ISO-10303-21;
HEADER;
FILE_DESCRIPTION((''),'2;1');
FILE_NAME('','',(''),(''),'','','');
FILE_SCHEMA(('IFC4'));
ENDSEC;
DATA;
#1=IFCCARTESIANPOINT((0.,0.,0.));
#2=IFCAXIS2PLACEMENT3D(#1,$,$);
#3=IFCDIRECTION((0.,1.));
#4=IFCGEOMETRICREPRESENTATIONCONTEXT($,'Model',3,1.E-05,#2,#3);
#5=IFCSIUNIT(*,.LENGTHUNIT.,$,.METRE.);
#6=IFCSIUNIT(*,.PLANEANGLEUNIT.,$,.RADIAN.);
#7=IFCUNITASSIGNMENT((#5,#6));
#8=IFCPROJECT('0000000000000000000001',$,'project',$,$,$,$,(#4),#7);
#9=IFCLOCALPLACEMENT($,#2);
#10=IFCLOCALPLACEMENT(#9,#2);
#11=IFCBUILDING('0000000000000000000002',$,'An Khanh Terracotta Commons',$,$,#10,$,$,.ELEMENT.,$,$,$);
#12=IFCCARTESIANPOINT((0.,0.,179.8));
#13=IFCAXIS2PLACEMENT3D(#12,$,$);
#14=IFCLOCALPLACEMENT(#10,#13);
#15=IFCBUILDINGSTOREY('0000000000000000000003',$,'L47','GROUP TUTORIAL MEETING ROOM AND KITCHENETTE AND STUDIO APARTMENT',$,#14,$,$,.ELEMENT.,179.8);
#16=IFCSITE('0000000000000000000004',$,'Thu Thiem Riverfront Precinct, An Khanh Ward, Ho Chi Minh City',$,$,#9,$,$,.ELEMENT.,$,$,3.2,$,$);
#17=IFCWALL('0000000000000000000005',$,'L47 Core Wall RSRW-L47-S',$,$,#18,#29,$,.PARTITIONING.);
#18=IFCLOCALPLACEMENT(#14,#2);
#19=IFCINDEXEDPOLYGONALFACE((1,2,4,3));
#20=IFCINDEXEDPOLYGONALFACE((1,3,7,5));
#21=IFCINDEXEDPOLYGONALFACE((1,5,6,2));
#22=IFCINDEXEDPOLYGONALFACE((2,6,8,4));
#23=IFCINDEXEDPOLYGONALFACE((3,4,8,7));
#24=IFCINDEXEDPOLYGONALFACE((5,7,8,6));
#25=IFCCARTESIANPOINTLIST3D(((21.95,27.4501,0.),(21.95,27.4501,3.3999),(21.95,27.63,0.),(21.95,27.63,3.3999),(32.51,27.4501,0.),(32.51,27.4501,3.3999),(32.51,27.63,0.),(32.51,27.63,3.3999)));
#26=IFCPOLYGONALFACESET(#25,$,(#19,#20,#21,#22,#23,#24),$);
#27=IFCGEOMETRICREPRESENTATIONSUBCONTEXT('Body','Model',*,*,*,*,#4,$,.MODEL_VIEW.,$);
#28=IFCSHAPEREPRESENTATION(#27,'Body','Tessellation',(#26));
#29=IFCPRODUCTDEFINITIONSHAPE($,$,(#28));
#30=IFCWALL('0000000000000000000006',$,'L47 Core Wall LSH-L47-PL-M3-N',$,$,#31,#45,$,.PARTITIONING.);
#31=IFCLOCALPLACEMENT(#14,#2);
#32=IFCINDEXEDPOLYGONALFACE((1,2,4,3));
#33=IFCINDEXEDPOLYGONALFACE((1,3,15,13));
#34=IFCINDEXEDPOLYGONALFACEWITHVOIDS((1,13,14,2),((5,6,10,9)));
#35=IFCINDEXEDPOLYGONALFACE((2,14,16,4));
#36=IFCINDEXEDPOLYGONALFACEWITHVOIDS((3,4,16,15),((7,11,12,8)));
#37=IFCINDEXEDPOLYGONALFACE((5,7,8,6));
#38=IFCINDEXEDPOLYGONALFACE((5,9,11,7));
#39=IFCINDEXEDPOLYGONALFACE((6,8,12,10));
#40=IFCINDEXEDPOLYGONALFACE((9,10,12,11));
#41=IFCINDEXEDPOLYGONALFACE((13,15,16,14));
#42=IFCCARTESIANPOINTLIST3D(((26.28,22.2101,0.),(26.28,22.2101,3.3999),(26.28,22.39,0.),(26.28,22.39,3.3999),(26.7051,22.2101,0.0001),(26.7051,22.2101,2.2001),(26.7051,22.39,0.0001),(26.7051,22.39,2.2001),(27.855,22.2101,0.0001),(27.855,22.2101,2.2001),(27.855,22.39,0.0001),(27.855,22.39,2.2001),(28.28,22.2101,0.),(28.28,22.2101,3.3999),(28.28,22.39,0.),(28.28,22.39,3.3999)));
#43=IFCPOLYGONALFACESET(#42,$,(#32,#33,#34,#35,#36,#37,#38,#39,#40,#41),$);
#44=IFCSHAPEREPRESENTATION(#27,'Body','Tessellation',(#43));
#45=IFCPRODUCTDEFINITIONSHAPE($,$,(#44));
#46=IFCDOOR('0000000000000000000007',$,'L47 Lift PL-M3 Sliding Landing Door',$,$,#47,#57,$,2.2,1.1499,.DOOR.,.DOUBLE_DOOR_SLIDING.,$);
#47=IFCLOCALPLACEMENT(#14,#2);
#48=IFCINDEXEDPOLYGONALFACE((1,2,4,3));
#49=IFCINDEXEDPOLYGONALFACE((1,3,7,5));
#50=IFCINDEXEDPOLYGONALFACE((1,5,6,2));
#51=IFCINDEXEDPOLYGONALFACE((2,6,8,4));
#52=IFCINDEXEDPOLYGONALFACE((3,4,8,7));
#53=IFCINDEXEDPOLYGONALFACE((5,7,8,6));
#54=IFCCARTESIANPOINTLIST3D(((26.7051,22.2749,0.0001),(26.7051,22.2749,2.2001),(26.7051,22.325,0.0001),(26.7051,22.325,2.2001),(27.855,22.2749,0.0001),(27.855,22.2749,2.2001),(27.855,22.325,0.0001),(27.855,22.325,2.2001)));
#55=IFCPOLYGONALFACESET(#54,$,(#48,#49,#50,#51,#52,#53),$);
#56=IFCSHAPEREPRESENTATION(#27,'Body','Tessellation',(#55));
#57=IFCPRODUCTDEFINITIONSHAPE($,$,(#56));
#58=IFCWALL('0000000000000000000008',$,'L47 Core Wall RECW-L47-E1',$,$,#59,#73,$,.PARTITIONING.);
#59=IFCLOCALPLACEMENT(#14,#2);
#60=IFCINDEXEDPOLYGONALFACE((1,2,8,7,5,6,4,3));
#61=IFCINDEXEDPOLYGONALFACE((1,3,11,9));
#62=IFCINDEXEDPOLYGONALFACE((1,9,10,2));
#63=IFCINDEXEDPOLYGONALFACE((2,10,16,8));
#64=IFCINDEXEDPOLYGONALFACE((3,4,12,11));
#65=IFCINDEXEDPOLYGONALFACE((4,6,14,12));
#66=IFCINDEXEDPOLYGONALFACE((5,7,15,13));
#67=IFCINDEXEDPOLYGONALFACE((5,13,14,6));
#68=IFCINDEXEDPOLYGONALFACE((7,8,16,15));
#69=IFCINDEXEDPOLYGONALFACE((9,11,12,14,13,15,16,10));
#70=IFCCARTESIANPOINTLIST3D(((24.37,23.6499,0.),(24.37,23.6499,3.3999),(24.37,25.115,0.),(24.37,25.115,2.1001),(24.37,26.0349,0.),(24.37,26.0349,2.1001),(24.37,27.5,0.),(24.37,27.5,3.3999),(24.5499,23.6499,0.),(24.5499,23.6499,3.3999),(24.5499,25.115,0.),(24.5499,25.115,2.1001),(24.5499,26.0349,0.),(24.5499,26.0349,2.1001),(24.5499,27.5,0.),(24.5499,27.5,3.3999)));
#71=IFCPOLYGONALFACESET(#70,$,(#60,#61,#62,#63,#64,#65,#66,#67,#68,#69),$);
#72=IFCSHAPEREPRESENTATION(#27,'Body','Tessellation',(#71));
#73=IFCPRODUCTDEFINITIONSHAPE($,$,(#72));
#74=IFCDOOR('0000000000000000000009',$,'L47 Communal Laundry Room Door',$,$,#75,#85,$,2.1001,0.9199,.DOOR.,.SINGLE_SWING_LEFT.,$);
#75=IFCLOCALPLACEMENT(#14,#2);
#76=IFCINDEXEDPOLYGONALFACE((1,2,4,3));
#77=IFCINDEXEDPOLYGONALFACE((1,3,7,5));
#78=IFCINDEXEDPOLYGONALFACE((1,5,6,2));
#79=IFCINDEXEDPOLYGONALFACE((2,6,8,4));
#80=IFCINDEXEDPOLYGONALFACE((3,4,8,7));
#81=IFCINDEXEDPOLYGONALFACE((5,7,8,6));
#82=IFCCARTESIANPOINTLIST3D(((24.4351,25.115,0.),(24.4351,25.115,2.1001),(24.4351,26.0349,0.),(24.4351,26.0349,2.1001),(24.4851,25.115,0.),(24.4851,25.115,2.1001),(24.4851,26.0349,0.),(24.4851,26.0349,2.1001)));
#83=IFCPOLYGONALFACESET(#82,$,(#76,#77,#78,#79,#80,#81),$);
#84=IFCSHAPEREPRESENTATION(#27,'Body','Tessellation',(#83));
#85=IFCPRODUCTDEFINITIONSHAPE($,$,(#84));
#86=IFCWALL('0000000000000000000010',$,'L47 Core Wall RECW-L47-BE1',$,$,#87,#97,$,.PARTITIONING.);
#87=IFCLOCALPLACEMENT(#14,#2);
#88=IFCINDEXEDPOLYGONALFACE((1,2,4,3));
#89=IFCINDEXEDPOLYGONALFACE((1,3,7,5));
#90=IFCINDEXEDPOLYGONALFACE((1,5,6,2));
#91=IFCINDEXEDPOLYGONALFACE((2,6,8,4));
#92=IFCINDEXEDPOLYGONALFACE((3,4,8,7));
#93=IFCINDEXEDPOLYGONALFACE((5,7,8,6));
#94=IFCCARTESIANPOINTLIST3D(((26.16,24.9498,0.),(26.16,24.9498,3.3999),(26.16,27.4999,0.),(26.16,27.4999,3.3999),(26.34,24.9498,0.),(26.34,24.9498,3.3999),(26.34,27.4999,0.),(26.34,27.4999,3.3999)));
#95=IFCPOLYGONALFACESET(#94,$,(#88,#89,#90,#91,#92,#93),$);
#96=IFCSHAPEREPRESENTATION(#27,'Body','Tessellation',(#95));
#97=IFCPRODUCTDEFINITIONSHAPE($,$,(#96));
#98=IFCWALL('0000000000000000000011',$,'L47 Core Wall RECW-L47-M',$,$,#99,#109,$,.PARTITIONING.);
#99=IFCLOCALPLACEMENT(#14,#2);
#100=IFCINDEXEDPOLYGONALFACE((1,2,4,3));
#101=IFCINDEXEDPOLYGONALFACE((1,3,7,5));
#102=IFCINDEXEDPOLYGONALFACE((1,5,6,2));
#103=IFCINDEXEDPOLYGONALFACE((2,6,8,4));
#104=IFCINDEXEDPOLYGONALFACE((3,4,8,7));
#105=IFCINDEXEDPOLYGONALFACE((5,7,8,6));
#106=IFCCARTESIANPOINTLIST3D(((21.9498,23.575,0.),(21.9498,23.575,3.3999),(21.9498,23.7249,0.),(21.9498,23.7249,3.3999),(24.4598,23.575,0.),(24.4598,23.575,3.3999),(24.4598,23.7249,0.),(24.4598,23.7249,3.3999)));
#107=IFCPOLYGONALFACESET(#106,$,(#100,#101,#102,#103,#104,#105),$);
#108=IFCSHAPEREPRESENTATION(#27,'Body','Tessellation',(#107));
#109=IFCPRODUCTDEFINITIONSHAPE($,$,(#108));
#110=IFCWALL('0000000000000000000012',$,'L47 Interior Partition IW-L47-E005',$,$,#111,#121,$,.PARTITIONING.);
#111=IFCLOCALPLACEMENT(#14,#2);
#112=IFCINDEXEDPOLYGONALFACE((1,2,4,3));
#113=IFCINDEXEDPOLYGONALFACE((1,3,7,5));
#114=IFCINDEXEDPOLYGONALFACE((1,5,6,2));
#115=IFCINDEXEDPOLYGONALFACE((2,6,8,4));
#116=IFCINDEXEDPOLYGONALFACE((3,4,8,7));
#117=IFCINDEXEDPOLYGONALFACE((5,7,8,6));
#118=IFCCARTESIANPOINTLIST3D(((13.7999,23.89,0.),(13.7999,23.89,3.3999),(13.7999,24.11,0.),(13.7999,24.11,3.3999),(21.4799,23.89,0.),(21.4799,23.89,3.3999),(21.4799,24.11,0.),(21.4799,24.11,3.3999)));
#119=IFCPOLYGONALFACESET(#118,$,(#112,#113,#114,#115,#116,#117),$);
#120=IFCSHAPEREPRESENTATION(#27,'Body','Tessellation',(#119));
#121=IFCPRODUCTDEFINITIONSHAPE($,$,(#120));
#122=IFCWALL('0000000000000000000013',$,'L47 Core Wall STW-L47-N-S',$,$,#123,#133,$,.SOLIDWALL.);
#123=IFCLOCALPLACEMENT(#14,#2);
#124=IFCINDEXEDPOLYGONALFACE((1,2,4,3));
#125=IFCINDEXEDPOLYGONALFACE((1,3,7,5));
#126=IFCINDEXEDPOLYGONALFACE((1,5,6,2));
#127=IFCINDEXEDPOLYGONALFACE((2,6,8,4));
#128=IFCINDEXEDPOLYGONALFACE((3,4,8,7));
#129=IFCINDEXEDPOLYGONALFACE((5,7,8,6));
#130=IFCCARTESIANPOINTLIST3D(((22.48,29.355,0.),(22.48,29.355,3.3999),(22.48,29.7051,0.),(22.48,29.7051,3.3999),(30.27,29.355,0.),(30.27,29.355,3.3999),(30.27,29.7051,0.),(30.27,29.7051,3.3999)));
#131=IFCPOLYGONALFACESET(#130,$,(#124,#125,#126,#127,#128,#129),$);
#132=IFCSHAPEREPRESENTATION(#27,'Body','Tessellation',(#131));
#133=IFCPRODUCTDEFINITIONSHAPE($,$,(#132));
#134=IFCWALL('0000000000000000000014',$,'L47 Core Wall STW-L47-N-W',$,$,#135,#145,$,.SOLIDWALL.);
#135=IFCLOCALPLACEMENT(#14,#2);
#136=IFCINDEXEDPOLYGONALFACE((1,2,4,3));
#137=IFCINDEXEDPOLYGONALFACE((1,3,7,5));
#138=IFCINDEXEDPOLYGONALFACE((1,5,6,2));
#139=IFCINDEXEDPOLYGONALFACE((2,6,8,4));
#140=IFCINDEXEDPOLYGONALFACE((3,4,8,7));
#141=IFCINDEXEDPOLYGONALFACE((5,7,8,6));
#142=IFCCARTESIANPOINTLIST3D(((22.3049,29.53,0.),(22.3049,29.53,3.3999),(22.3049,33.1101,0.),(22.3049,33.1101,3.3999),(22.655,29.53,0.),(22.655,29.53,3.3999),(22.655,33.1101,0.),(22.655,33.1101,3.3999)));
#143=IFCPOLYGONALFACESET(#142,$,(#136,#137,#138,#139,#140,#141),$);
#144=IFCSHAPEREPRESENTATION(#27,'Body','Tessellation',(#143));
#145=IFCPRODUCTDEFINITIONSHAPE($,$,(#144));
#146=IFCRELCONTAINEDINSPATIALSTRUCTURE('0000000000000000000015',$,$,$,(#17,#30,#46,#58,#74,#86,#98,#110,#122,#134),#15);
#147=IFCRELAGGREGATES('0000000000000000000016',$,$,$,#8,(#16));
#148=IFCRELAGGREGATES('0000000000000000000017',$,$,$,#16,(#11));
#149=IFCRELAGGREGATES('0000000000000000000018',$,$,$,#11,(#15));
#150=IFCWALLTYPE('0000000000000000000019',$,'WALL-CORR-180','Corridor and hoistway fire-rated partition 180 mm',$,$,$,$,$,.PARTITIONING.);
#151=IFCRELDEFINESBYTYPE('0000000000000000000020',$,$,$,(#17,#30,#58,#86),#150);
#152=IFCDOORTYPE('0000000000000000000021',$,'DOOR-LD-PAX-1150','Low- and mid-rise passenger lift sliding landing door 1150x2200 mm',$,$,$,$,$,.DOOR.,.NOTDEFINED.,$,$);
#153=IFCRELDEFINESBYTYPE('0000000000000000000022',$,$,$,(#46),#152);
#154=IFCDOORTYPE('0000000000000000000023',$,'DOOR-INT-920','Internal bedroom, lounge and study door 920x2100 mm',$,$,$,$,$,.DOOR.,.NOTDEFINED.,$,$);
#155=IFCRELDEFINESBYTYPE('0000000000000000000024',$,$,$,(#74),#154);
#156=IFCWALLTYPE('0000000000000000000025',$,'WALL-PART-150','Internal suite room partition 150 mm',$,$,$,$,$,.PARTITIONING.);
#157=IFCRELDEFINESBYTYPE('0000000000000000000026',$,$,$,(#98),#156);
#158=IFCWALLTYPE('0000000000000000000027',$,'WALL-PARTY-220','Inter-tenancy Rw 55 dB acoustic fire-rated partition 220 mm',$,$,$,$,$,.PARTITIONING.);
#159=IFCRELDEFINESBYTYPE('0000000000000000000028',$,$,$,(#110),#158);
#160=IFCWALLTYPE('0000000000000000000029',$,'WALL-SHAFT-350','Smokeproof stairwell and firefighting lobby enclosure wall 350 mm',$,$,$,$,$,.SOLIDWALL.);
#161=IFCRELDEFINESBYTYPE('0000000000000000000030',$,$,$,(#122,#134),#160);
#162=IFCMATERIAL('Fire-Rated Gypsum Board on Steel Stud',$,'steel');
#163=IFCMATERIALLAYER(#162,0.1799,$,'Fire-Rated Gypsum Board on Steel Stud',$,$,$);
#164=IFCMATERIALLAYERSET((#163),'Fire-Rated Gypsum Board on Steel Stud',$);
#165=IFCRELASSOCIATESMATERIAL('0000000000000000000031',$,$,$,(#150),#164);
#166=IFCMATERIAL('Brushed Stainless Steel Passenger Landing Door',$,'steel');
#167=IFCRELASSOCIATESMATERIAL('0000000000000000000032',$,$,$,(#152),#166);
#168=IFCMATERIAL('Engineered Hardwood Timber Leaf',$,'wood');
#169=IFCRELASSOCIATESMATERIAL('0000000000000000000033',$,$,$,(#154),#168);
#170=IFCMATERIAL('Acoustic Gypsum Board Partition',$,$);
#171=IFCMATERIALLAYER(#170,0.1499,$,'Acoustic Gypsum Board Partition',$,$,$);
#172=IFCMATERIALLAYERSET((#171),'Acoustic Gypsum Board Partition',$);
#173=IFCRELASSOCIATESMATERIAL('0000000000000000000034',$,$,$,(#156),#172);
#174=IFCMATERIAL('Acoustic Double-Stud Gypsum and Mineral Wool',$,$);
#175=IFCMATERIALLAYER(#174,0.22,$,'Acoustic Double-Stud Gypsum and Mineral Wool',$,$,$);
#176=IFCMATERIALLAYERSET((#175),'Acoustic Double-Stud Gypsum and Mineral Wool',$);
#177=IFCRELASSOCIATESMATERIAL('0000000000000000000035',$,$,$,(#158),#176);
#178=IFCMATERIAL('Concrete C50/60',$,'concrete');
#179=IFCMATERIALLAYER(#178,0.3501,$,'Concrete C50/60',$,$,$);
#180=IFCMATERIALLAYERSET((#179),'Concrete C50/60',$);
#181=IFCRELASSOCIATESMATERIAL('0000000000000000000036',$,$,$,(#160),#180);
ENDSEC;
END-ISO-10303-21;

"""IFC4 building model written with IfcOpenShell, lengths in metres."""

from ifc_helpers import new_model, si_unit, direction, frame, frame_2d, origin, place, context, subcontext, project, spatial, rectangle, extrude, material, layer, layer_set, type_object, element, fill, save


model = new_model("IFC4")

# Units and contexts
model_context = context("Model", 3, precision=1e-05, world=origin(), true_north=direction((0.0, 1.0)))
body_context = subcontext(model_context, "Body", "Model", "MODEL_VIEW")
ifc_project = project(units=[si_unit("LENGTHUNIT", "METRE"), si_unit("PLANEANGLEUNIT", "RADIAN")], contexts=[model_context])

# Site, building, storey
site_placement = place(None, origin())
site = spatial("IfcSite", under=ifc_project, at=site_placement, Name="Thu Thiem Riverfront Precinct, An Khanh Ward, Ho Chi Minh City", CompositionType="ELEMENT", RefElevation=3.2)
building_placement = place(site_placement, origin())
building = spatial("IfcBuilding", under=site, at=building_placement, Name="An Khanh Terracotta Commons", CompositionType="ELEMENT")
storey_placement = place(building_placement, frame((0.0, 0.0, 179.8)))
storey = spatial("IfcBuildingStorey", under=building, at=storey_placement, Name="L47", Description="GROUP TUTORIAL MEETING ROOM AND KITCHENETTE AND STUDIO APARTMENT", CompositionType="ELEMENT", Elevation=179.8)

# Wall
ifc_material_1 = material(Name="Fire-Rated Gypsum Board on Steel Stud", Category="steel")
ifc_layer_1 = layer(ifc_material_1, 0.1799, Name="Fire-Rated Gypsum Board on Steel Stud")
ifc_layer_set_1 = layer_set([ifc_layer_1], Name="Fire-Rated Gypsum Board on Steel Stud")
wall_type_1 = type_object("IfcWallType", Name="WALL-CORR-180", Description="Corridor and hoistway fire-rated partition 180 mm", PredefinedType="PARTITIONING", material=ifc_layer_set_1)
wall_1_placement = place(storey_placement, frame((21.95, 27.54, 0.0), z_axis=(0.0, 0.0, 1.0), x_axis=(1.0, 0.0, 0.0)))
element("IfcWall", 1, at=wall_1_placement, inside=storey, type_object=wall_type_1, Name="L47 Core Wall RSRW-L47-S", PredefinedType="PARTITIONING", context=body_context, shape_type="SweptSolid", body=[
    extrude(rectangle(XDim=10.5601, YDim=0.1799, at=frame_2d((5.28, 0.0))), origin(), (0.0, 0.0, 1.0), 3.3999),
])

# Walls, openings, doors
wall_2_placement = place(storey_placement, frame((26.28, 22.3, 0.0), z_axis=(0.0, 0.0, 1.0), x_axis=(1.0, 0.0, 0.0)))
wall_2 = element("IfcWall", 2, at=wall_2_placement, inside=storey, type_object=wall_type_1, Name="L47 Core Wall LSH-L47-PL-M3-N", PredefinedType="PARTITIONING", context=body_context, shape_type="SweptSolid", body=[
    extrude(rectangle(XDim=2.0, YDim=0.1799, at=frame_2d((1.0, 0.0))), origin(), (0.0, 0.0, 1.0), 3.3999),
])
opening_1_placement = place(wall_2_placement, frame((0.425, 0.0, 0.0)))
opening_1 = element("IfcOpeningElement", 3, at=opening_1_placement, cuts=wall_2, PredefinedType="OPENING", context=body_context, shape_type="SweptSolid", body=[
    extrude(rectangle(XDim=1.1499, YDim=2.2, at=frame_2d((0.575, 1.1001))), frame((0.0, 0.0999, 0.0), z_axis=(0.0, -1.0, 0.0), x_axis=(1.0, 0.0, 0.0)), (0.0, 0.0, 1.0), 0.2),
])
ifc_material_2 = material(Name="Brushed Stainless Steel Passenger Landing Door", Category="steel")
door_type_1 = type_object("IfcDoorType", Name="DOOR-LD-PAX-1150", Description="Low- and mid-rise passenger lift sliding landing door 1150x2200 mm", OperationType="NOTDEFINED", PredefinedType="DOOR", material=ifc_material_2)
door_1_placement = place(opening_1_placement, origin())
door_1 = element("IfcDoor", 4, at=door_1_placement, inside=storey, type_object=door_type_1, Name="L47 Lift PL-M3 Sliding Landing Door", OperationType="DOUBLE_DOOR_SLIDING", OverallHeight=2.2, OverallWidth=1.1499, PredefinedType="DOOR", context=body_context, shape_type="SweptSolid", body=[
    extrude(rectangle(XDim=1.1499, YDim=2.2, at=frame_2d((0.575, 1.1001))), frame((0.0, 0.0249, 0.0), z_axis=(0.0, -1.0, 0.0), x_axis=(1.0, 0.0, 0.0)), (0.0, 0.0, 1.0), 0.05),
])
fill(opening_1, door_1)
wall_3_placement = place(storey_placement, frame((24.46, 23.6499, 0.0), z_axis=(0.0, 0.0, 1.0), x_axis=(0.0, 1.0, 0.0)))
wall_3 = element("IfcWall", 5, at=wall_3_placement, inside=storey, type_object=wall_type_1, Name="L47 Core Wall RECW-L47-E1", PredefinedType="PARTITIONING", context=body_context, shape_type="SweptSolid", body=[
    extrude(rectangle(XDim=3.8501, YDim=0.1799, at=frame_2d((1.925, 0.0))), origin(), (0.0, 0.0, 1.0), 3.3999),
])
opening_2_placement = place(wall_3_placement, frame((1.4651, 0.0, 0.0)))
opening_2 = element("IfcOpeningElement", 6, at=opening_2_placement, cuts=wall_3, PredefinedType="OPENING", context=body_context, shape_type="SweptSolid", body=[
    extrude(rectangle(XDim=0.9199, YDim=2.1001, at=frame_2d((0.46, 1.05))), frame((0.0, 0.0999, 0.0), z_axis=(0.0, -1.0, 0.0), x_axis=(1.0, 0.0, 0.0)), (0.0, 0.0, 1.0), 0.2),
])
ifc_material_3 = material(Name="Engineered Hardwood Timber Leaf", Category="wood")
door_type_2 = type_object("IfcDoorType", Name="DOOR-INT-920", Description="Internal bedroom, lounge and study door 920x2100 mm", OperationType="NOTDEFINED", PredefinedType="DOOR", material=ifc_material_3)
door_2_placement = place(opening_2_placement, origin())
door_2 = element("IfcDoor", 7, at=door_2_placement, inside=storey, type_object=door_type_2, Name="L47 Communal Laundry Room Door", OperationType="SINGLE_SWING_LEFT", OverallHeight=2.1001, OverallWidth=0.9199, PredefinedType="DOOR", context=body_context, shape_type="SweptSolid", body=[
    extrude(rectangle(XDim=0.9199, YDim=2.1001, at=frame_2d((0.46, 1.05))), frame((0.0, 0.0249, 0.0), z_axis=(0.0, -1.0, 0.0), x_axis=(1.0, 0.0, 0.0)), (0.0, 0.0, 1.0), 0.05),
])
fill(opening_2, door_2)

# Walls
wall_4_placement = place(storey_placement, frame((26.25, 24.95, 0.0), z_axis=(0.0, 0.0, 1.0), x_axis=(0.0, 1.0, 0.0)))
element("IfcWall", 8, at=wall_4_placement, inside=storey, type_object=wall_type_1, Name="L47 Core Wall RECW-L47-BE1", PredefinedType="PARTITIONING", context=body_context, shape_type="SweptSolid", body=[
    extrude(rectangle(XDim=2.55, YDim=0.1799, at=frame_2d((1.2749, 0.0))), origin(), (0.0, 0.0, 1.0), 3.3999),
])
ifc_material_4 = material(Name="Acoustic Gypsum Board Partition")
ifc_layer_2 = layer(ifc_material_4, 0.1499, Name="Acoustic Gypsum Board Partition")
ifc_layer_set_2 = layer_set([ifc_layer_2], Name="Acoustic Gypsum Board Partition")
wall_type_2 = type_object("IfcWallType", Name="WALL-PART-150", Description="Internal suite room partition 150 mm", PredefinedType="PARTITIONING", material=ifc_layer_set_2)
wall_5_placement = place(storey_placement, frame((21.95, 23.6499, 0.0), z_axis=(0.0, 0.0, 1.0), x_axis=(1.0, 0.0, 0.0)))
element("IfcWall", 9, at=wall_5_placement, inside=storey, type_object=wall_type_2, Name="L47 Core Wall RECW-L47-M", PredefinedType="PARTITIONING", context=body_context, shape_type="SweptSolid", body=[
    extrude(rectangle(XDim=2.51, YDim=0.1499, at=frame_2d((1.2549, 0.0))), origin(), (0.0, 0.0, 1.0), 3.3999),
])
ifc_material_5 = material(Name="Acoustic Double-Stud Gypsum and Mineral Wool")
ifc_layer_3 = layer(ifc_material_5, 0.22, Name="Acoustic Double-Stud Gypsum and Mineral Wool")
ifc_layer_set_3 = layer_set([ifc_layer_3], Name="Acoustic Double-Stud Gypsum and Mineral Wool")
wall_type_3 = type_object("IfcWallType", Name="WALL-PARTY-220", Description="Inter-tenancy Rw 55 dB acoustic fire-rated partition 220 mm", PredefinedType="PARTITIONING", material=ifc_layer_set_3)
wall_6_placement = place(storey_placement, frame((13.8, 24.0, 0.0), z_axis=(0.0, 0.0, 1.0), x_axis=(1.0, 0.0, 0.0)))
element("IfcWall", 10, at=wall_6_placement, inside=storey, type_object=wall_type_3, Name="L47 Interior Partition IW-L47-E005", PredefinedType="PARTITIONING", context=body_context, shape_type="SweptSolid", body=[
    extrude(rectangle(XDim=7.6799, YDim=0.22, at=frame_2d((3.8398, 0.0))), origin(), (0.0, 0.0, 1.0), 3.3999),
])
ifc_material_6 = material(Name="Concrete C50/60", Category="concrete")
ifc_layer_4 = layer(ifc_material_6, 0.3501, Name="Concrete C50/60")
ifc_layer_set_4 = layer_set([ifc_layer_4], Name="Concrete C50/60")
wall_type_4 = type_object("IfcWallType", Name="WALL-SHAFT-350", Description="Smokeproof stairwell and firefighting lobby enclosure wall 350 mm", PredefinedType="SOLIDWALL", material=ifc_layer_set_4)
wall_7_placement = place(storey_placement, frame((22.48, 29.53, 0.0), z_axis=(0.0, 0.0, 1.0), x_axis=(1.0, 0.0, 0.0)))
element("IfcWall", 11, at=wall_7_placement, inside=storey, type_object=wall_type_4, Name="L47 Core Wall STW-L47-N-S", PredefinedType="SOLIDWALL", context=body_context, shape_type="SweptSolid", body=[
    extrude(rectangle(XDim=7.79, YDim=0.3501, at=frame_2d((3.895, 0.0))), origin(), (0.0, 0.0, 1.0), 3.3999),
])
wall_8_placement = place(storey_placement, frame((22.48, 29.53, 0.0), z_axis=(0.0, 0.0, 1.0), x_axis=(0.0, 1.0, 0.0)))
element("IfcWall", 12, at=wall_8_placement, inside=storey, type_object=wall_type_4, Name="L47 Core Wall STW-L47-N-W", PredefinedType="SOLIDWALL", context=body_context, shape_type="SweptSolid", body=[
    extrude(rectangle(XDim=3.5801, YDim=0.3501, at=frame_2d((1.79, 0.0))), origin(), (0.0, 0.0, 1.0), 3.3999),
])

save(model, "model.ifc")
